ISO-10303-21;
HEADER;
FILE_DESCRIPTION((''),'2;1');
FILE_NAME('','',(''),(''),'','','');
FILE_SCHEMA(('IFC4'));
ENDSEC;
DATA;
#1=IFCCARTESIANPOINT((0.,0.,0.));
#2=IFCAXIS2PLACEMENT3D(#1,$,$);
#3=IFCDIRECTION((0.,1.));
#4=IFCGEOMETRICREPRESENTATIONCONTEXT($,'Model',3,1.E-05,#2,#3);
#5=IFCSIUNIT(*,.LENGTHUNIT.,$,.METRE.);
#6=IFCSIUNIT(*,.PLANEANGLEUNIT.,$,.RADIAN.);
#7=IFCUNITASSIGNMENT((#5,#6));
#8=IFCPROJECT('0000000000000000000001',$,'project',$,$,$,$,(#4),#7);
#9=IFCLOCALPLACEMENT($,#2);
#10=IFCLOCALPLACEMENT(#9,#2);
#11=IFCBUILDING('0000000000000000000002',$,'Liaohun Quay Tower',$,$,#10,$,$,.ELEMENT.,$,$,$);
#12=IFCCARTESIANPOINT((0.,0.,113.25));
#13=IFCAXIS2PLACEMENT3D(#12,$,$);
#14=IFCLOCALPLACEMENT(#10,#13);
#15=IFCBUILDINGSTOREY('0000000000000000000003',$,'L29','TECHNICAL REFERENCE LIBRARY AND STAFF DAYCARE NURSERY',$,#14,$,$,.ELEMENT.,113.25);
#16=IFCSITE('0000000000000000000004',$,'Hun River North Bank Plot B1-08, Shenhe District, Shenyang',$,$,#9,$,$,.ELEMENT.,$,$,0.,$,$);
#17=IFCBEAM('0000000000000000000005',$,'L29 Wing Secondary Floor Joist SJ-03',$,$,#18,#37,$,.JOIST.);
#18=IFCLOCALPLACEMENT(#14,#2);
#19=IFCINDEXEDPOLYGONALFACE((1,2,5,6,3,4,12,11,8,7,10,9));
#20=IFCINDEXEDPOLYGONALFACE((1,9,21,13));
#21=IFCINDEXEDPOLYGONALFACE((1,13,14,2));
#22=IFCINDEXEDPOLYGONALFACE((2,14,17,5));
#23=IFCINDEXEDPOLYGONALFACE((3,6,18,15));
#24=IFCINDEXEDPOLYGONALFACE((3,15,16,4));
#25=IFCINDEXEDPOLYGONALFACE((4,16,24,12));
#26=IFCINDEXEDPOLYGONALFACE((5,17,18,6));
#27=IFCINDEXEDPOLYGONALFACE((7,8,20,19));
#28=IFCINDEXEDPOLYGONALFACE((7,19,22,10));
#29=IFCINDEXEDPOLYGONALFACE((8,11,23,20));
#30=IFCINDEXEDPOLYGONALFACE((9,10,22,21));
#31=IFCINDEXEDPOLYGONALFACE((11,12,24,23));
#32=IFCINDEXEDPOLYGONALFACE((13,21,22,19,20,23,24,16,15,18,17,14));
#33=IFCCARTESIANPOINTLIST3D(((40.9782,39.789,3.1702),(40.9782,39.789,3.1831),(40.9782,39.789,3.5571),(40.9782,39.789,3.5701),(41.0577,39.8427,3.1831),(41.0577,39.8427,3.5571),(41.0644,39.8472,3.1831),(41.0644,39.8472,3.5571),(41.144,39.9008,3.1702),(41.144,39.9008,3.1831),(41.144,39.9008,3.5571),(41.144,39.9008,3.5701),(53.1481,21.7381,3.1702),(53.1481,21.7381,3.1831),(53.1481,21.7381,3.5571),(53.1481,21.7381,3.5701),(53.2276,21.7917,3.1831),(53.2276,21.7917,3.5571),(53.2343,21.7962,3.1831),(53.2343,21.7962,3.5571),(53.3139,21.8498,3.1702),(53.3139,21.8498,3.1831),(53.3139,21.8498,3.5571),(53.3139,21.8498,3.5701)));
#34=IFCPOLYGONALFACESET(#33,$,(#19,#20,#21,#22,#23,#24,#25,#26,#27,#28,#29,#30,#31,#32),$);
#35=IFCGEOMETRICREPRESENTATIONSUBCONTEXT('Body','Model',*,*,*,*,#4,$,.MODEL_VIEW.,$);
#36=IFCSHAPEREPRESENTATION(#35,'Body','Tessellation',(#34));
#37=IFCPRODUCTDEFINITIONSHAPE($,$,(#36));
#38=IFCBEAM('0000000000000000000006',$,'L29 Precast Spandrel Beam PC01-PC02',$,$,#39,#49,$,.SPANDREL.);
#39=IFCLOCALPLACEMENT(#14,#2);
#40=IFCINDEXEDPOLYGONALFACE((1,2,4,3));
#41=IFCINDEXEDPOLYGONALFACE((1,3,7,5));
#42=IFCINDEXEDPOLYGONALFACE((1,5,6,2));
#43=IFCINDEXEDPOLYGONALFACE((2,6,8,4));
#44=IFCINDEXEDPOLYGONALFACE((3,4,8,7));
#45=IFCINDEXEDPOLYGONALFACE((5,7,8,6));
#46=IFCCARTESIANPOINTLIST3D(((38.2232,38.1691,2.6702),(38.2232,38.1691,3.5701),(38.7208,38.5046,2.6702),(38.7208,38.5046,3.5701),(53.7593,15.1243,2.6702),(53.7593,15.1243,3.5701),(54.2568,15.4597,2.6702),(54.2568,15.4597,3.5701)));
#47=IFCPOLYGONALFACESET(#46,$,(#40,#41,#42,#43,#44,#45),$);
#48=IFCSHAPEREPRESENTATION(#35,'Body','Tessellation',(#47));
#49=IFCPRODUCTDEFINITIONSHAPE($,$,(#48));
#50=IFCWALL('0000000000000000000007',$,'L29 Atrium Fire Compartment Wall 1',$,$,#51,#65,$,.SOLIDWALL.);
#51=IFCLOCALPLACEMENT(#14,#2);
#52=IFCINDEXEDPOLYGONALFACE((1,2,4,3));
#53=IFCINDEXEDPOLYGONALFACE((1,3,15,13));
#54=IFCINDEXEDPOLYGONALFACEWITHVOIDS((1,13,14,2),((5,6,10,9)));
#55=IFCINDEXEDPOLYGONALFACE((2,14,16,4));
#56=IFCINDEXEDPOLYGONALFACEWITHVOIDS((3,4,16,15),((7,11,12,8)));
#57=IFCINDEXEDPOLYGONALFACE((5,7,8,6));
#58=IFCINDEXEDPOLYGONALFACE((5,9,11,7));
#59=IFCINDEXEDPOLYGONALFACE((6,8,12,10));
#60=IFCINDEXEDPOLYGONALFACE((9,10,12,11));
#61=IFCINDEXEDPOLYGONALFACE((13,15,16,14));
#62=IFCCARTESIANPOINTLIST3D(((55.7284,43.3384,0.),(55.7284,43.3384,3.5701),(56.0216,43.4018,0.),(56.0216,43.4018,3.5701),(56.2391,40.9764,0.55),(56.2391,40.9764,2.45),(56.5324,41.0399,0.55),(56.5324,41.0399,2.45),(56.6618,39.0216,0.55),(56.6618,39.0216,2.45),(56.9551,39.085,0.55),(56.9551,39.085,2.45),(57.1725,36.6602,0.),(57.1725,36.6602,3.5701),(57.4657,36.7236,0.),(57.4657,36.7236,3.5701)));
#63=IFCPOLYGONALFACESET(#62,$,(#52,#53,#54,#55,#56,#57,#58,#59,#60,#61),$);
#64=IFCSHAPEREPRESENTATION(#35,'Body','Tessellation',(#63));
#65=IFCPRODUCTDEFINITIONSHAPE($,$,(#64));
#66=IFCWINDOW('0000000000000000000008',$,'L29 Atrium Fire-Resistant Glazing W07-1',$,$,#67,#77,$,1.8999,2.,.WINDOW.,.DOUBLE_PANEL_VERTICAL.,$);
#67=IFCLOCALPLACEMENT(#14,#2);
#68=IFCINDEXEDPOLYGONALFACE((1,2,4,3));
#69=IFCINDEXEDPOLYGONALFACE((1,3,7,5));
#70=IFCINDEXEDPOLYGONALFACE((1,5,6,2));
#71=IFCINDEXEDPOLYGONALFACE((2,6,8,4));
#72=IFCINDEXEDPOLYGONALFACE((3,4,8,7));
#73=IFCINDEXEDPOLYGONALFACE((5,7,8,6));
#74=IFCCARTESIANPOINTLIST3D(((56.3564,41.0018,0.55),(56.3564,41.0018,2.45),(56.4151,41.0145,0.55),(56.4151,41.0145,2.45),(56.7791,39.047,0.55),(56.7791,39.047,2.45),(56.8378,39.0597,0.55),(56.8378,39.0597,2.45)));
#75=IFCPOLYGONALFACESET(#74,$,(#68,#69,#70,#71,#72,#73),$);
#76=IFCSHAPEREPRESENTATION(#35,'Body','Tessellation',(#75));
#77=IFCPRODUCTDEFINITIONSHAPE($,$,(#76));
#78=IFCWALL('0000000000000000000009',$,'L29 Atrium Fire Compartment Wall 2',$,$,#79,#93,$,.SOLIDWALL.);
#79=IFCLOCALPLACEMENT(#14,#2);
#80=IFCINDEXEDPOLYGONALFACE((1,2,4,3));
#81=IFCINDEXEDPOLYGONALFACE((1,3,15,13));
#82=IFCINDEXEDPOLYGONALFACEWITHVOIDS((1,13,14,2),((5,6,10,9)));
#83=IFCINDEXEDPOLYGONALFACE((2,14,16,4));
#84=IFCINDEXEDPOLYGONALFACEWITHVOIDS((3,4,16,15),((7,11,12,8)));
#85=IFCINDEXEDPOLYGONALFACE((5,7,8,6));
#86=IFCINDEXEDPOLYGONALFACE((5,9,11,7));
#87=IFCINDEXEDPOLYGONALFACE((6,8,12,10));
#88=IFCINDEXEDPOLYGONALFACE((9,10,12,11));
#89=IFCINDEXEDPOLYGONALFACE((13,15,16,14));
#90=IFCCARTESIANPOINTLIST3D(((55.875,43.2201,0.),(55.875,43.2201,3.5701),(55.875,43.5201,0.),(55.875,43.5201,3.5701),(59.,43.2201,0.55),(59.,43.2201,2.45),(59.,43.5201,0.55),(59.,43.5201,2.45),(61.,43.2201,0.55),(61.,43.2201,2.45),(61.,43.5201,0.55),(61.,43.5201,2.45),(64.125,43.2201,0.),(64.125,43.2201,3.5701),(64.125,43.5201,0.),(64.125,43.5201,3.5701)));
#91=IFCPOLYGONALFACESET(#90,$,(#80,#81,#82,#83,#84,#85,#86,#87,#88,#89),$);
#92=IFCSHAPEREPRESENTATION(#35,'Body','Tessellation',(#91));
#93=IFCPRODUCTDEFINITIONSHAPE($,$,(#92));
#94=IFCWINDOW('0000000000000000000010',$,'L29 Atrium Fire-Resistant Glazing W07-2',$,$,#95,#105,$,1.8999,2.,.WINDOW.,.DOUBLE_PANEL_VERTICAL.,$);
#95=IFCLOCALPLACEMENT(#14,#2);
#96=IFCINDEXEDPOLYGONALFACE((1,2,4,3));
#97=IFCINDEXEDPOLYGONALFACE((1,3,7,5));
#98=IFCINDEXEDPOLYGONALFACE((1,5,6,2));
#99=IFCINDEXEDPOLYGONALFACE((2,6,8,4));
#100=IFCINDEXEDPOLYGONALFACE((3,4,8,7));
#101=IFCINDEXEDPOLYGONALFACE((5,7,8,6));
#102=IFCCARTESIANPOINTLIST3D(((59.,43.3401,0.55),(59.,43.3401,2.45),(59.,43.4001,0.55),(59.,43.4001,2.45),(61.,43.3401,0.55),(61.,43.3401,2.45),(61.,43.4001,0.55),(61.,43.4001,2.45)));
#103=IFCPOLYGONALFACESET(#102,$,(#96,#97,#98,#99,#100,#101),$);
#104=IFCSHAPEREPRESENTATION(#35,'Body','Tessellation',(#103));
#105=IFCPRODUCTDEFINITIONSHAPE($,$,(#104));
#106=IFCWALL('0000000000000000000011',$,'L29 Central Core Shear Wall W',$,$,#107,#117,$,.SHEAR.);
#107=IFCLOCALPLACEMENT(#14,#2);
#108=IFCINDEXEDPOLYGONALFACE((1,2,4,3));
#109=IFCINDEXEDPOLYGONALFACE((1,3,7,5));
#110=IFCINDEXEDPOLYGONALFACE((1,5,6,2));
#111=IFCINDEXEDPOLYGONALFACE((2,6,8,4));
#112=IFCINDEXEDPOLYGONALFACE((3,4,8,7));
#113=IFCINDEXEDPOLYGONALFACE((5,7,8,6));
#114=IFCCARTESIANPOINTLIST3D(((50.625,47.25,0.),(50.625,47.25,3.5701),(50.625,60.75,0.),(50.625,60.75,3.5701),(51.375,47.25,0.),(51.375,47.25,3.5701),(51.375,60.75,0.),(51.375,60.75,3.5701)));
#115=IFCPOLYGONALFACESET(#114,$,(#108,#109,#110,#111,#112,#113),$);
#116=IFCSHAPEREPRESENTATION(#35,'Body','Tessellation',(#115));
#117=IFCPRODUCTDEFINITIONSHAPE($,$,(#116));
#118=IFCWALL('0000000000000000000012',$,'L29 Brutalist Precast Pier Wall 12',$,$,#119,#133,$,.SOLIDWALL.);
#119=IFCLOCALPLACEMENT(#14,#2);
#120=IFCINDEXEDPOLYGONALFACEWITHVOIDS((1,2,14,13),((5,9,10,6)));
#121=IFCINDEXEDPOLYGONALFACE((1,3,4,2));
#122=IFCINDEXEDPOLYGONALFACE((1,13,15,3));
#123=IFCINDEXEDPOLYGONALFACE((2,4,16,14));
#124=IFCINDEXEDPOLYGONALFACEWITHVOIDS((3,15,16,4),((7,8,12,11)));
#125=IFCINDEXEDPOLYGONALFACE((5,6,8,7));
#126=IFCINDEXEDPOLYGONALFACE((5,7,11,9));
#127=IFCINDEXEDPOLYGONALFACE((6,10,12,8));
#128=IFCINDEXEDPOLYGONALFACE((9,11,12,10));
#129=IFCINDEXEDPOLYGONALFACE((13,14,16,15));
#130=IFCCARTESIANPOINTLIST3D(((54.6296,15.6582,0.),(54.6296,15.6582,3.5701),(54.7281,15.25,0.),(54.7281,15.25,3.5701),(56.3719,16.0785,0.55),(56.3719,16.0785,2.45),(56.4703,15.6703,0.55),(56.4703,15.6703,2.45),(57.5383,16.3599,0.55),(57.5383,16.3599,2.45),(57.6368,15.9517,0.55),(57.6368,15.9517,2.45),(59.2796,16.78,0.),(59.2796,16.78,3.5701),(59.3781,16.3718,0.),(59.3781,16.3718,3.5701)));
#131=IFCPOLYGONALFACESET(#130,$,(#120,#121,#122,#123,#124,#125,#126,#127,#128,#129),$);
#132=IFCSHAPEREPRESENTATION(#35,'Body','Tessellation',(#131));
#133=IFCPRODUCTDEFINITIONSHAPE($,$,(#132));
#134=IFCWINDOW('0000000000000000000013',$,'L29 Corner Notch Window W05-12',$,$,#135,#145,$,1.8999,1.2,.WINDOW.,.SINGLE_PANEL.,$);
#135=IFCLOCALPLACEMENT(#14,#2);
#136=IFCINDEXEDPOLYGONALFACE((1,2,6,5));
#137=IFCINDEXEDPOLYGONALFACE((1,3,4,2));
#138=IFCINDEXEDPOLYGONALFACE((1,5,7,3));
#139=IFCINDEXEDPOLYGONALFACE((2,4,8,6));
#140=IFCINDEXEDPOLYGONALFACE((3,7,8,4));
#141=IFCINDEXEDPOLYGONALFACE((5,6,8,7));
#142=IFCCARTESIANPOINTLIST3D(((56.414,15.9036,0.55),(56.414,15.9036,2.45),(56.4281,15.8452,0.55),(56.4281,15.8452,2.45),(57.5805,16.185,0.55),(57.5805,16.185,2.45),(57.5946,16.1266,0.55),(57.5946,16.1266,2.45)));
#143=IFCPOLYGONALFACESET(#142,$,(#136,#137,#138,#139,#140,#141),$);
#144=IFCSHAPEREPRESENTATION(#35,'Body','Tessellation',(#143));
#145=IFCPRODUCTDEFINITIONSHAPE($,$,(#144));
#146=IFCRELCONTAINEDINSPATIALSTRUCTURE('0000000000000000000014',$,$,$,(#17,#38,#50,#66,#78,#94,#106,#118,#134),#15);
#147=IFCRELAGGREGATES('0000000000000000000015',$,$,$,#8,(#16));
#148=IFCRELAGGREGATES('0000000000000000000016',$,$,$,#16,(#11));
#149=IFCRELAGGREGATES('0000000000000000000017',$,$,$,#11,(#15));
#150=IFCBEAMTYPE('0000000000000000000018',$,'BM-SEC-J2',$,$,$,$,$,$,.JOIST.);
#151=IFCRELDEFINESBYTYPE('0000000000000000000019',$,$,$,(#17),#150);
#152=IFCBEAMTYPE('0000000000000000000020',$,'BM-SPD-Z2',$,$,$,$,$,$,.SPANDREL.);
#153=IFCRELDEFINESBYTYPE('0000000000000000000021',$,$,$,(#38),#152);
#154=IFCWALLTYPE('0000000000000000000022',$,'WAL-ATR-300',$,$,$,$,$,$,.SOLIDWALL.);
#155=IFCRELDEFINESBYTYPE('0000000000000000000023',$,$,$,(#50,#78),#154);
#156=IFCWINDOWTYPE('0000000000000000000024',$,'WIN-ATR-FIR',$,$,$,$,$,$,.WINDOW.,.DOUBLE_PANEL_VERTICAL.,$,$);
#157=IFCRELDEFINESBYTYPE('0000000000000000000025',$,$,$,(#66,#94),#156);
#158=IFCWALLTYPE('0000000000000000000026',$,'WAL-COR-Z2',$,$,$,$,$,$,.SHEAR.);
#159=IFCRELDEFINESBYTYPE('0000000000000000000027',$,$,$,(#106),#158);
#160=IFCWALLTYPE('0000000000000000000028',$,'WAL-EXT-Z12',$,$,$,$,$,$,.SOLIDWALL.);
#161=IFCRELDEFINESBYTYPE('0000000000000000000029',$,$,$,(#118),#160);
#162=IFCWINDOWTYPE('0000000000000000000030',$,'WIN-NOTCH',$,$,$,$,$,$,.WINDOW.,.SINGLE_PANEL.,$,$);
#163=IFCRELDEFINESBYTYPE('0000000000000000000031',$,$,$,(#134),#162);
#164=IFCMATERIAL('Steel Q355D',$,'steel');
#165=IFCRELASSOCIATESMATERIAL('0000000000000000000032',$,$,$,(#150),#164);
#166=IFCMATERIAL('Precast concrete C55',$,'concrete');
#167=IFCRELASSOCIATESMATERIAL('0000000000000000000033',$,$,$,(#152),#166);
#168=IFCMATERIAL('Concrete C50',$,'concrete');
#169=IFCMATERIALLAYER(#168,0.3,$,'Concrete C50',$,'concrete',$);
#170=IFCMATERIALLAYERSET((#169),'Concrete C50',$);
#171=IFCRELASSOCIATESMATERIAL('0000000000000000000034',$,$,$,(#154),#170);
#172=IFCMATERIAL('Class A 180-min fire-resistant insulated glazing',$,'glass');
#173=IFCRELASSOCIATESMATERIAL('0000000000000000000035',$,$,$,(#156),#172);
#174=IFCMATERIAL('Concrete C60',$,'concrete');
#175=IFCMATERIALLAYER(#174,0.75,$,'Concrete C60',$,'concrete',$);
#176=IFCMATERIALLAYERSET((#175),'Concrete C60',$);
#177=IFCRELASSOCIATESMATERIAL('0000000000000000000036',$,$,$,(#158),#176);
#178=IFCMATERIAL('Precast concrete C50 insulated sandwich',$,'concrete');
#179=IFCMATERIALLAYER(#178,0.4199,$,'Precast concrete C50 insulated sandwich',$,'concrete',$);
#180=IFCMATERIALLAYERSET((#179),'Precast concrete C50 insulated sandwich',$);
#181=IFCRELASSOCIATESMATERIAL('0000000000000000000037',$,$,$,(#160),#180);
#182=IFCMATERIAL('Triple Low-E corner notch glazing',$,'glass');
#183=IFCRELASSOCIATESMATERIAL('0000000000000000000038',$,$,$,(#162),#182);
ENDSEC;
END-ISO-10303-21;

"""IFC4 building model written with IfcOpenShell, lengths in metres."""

from ifc_helpers import new_model, si_unit, direction, frame, frame_2d, origin, origin_2d, place, context, subcontext, project, spatial, rectangle, i_section, extrude, source, transform, mapped, material, layer, layer_set, material_profile, profile_set, type_object, element, fill, save


model = new_model("IFC4")

# Units and contexts
model_context = context("Model", 3, precision=1e-05, world=origin(), true_north=direction((0.0, 1.0)))
body_context = subcontext(model_context, "Body", "Model", "MODEL_VIEW")
ifc_project = project(units=[si_unit("LENGTHUNIT", "METRE"), si_unit("PLANEANGLEUNIT", "RADIAN")], contexts=[model_context])

# Site, building, storey
site_placement = place(None, origin())
site = spatial("IfcSite", under=ifc_project, at=site_placement, Name="Hun River North Bank Plot B1-08, Shenhe District, Shenyang", CompositionType="ELEMENT", RefElevation=0.0)
building_placement = place(site_placement, origin())
building = spatial("IfcBuilding", under=site, at=building_placement, Name="Liaohun Quay Tower", CompositionType="ELEMENT")
storey_placement = place(building_placement, frame((0.0, 0.0, 113.25)))
storey = spatial("IfcBuildingStorey", under=building, at=storey_placement, Name="L29", Description="TECHNICAL REFERENCE LIBRARY AND STAFF DAYCARE NURSERY", CompositionType="ELEMENT", Elevation=113.25)

# Shared definitions
ifc_material_1 = material(Name="Concrete C60", Category="concrete")

# Beams
ifc_material_2 = material(Name="Steel Q355D", Category="steel")
ifc_material_profile_1 = material_profile(ifc_material_2, i_section(OverallWidth=0.2, OverallDepth=0.3999, WebThickness=0.0081, FlangeThickness=0.0129, at=origin_2d()), Name="HN400x200x8x13")
ifc_profile_set_1 = profile_set([ifc_material_profile_1], Name="Steel Q355D")
beam_type_1 = type_object("IfcBeamType", Name="BM-SEC-J2", PredefinedType="JOIST", material=ifc_profile_set_1)
shared_shape_1 = source(origin(), body_context, "Body", "SweptSolid", [
    extrude(i_section(OverallWidth=0.2, OverallDepth=0.3999, WebThickness=0.0081, FlangeThickness=0.0129, at=origin_2d()), origin(), (0.0, 0.0, 1.0), 21.7703),
])
beam_1_placement = place(storey_placement, frame((53.231, 21.7939, 3.3701), z_axis=(-0.559015, 0.829158, 0.0), x_axis=(-0.829158, -0.559015, 0.0)))
element("IfcBeam", 1, at=beam_1_placement, inside=storey, type_object=beam_type_1, Name="L29 Wing Secondary Floor Joist SJ-03", PredefinedType="JOIST", context=body_context, shape_type="MappedRepresentation", body=[
    mapped(shared_shape_1, transform((0.0, 0.0, 0.0), x_axis=(1.0, 0.0, 0.0), y_axis=(0.0, 1.0, 0.0), z_axis=(0.0, 0.0, 1.0), scale=1.0)),
])
ifc_material_3 = material(Name="Precast concrete C55", Category="concrete")
ifc_material_profile_2 = material_profile(ifc_material_3, rectangle(XDim=0.6001, YDim=0.8999, at=origin_2d()), Name="RC600x900")
ifc_profile_set_2 = profile_set([ifc_material_profile_2], Name="Precast concrete C55")
beam_type_2 = type_object("IfcBeamType", Name="BM-SPD-Z2", PredefinedType="SPANDREL", material=ifc_profile_set_2)
shared_shape_2 = source(origin(), body_context, "Body", "SweptSolid", [
    extrude(rectangle(XDim=0.6001, YDim=0.8999, at=origin_2d()), origin(), (0.0, 0.0, 1.0), 27.7927),
])
beam_2_placement = place(storey_placement, frame((54.0081, 15.292, 3.1201), z_axis=(-0.558998, 0.829169, 0.0), x_axis=(-0.829169, -0.558998, 0.0)))
element("IfcBeam", 2, at=beam_2_placement, inside=storey, type_object=beam_type_2, Name="L29 Precast Spandrel Beam PC01-PC02", PredefinedType="SPANDREL", context=body_context, shape_type="MappedRepresentation", body=[
    mapped(shared_shape_2, transform((0.0, 0.0, 0.0), x_axis=(1.0, 0.0, 0.0), y_axis=(0.0, 1.0, 0.0), z_axis=(0.0, 0.0, 1.0), scale=1.0)),
])

# Walls, openings, windows
ifc_material_4 = material(Name="Concrete C50", Category="concrete")
ifc_layer_1 = layer(ifc_material_4, 0.3, Name="Concrete C50", Category="concrete")
ifc_layer_set_1 = layer_set([ifc_layer_1], Name="Concrete C50")
wall_type_1 = type_object("IfcWallType", Name="WAL-ATR-300", PredefinedType="SOLIDWALL", material=ifc_layer_set_1)
wall_1_placement = place(storey_placement, frame((57.3191, 36.6919, 0.0), z_axis=(0.0, 0.0, 1.0), x_axis=(-0.211354, 0.97741, 0.0)))
wall_1 = element("IfcWall", 3, at=wall_1_placement, inside=storey, type_object=wall_type_1, Name="L29 Atrium Fire Compartment Wall 1", PredefinedType="SOLIDWALL", context=body_context, shape_type="SweptSolid", body=[
    extrude(rectangle(XDim=6.8325, YDim=0.3, at=frame_2d((3.4163, 0.0))), origin(), (0.0, 0.0, 1.0), 3.5701),
])
shared_shape_3 = source(origin(), body_context, "Body", "SweptSolid", [
    extrude(rectangle(XDim=2.0, YDim=1.8999, at=frame_2d((1.0, 0.95))), frame((0.0, 0.1599, 0.0), z_axis=(0.0, -1.0, 0.0), x_axis=(1.0, 0.0, 0.0)), (0.0, 0.0, 1.0), 0.3201),
])
opening_1_placement = place(wall_1_placement, frame((2.416, 0.0, 0.55)))
opening_1 = element("IfcOpeningElement", 4, at=opening_1_placement, cuts=wall_1, PredefinedType="OPENING", context=body_context, shape_type="MappedRepresentation", body=[
    mapped(shared_shape_3, transform((0.0, 0.0, 0.0), x_axis=(1.0, 0.0, 0.0), y_axis=(0.0, 1.0, 0.0), z_axis=(0.0, 0.0, 1.0), scale=1.0)),
])
ifc_material_5 = material(Name="Class A 180-min fire-resistant insulated glazing", Category="glass")
window_type_1 = type_object("IfcWindowType", Name="WIN-ATR-FIR", PartitioningType="DOUBLE_PANEL_VERTICAL", PredefinedType="WINDOW", material=ifc_material_5)
shared_shape_4 = source(origin(), body_context, "Body", "SweptSolid", [
    extrude(rectangle(XDim=2.0, YDim=1.8999, at=frame_2d((1.0, 0.95))), frame((0.0, 0.03, 0.0), z_axis=(0.0, -1.0, 0.0), x_axis=(1.0, 0.0, 0.0)), (0.0, 0.0, 1.0), 0.0601),
])
window_1_placement = place(opening_1_placement, origin())
window_1 = element("IfcWindow", 5, at=window_1_placement, inside=storey, type_object=window_type_1, Name="L29 Atrium Fire-Resistant Glazing W07-1", OverallHeight=1.8999, OverallWidth=2.0, PartitioningType="DOUBLE_PANEL_VERTICAL", PredefinedType="WINDOW", context=body_context, shape_type="MappedRepresentation", body=[
    mapped(shared_shape_4, transform((0.0, 0.0, 0.0), x_axis=(1.0, 0.0, 0.0), y_axis=(0.0, 1.0, 0.0), z_axis=(0.0, 0.0, 1.0), scale=1.0)),
])
fill(opening_1, window_1)
wall_2_placement = place(storey_placement, frame((55.875, 43.3701, 0.0), z_axis=(0.0, 0.0, 1.0), x_axis=(1.0, 0.0, 0.0)))
wall_2 = element("IfcWall", 6, at=wall_2_placement, inside=storey, type_object=wall_type_1, Name="L29 Atrium Fire Compartment Wall 2", PredefinedType="SOLIDWALL", context=body_context, shape_type="SweptSolid", body=[
    extrude(rectangle(XDim=8.25, YDim=0.3, at=frame_2d((4.125, 0.0))), origin(), (0.0, 0.0, 1.0), 3.5701),
])
opening_2_placement = place(wall_2_placement, frame((3.125, 0.0, 0.55)))
opening_2 = element("IfcOpeningElement", 7, at=opening_2_placement, cuts=wall_2, PredefinedType="OPENING", context=body_context, shape_type="MappedRepresentation", body=[
    mapped(shared_shape_3, transform((0.0, 0.0, 0.0), x_axis=(1.0, 0.0, 0.0), y_axis=(0.0, 1.0, 0.0), z_axis=(0.0, 0.0, 1.0), scale=1.0)),
])
window_2_placement = place(opening_2_placement, origin())
window_2 = element("IfcWindow", 8, at=window_2_placement, inside=storey, type_object=window_type_1, Name="L29 Atrium Fire-Resistant Glazing W07-2", OverallHeight=1.8999, OverallWidth=2.0, PartitioningType="DOUBLE_PANEL_VERTICAL", PredefinedType="WINDOW", context=body_context, shape_type="MappedRepresentation", body=[
    mapped(shared_shape_4, transform((0.0, 0.0, 0.0), x_axis=(1.0, 0.0, 0.0), y_axis=(0.0, 1.0, 0.0), z_axis=(0.0, 0.0, 1.0), scale=1.0)),
])
fill(opening_2, window_2)

# Wall
ifc_layer_2 = layer(ifc_material_1, 0.75, Name="Concrete C60", Category="concrete")
ifc_layer_set_2 = layer_set([ifc_layer_2], Name="Concrete C60")
wall_type_2 = type_object("IfcWallType", Name="WAL-COR-Z2", PredefinedType="SHEAR", material=ifc_layer_set_2)
wall_3_placement = place(storey_placement, frame((51.0, 47.25, 0.0), z_axis=(0.0, 0.0, 1.0), x_axis=(0.0, 1.0, 0.0)))
element("IfcWall", 9, at=wall_3_placement, inside=storey, type_object=wall_type_2, Name="L29 Central Core Shear Wall W", PredefinedType="SHEAR", context=body_context, shape_type="SweptSolid", body=[
    extrude(rectangle(XDim=13.5, YDim=0.75, at=frame_2d((6.75, 0.0))), origin(), (0.0, 0.0, 1.0), 3.5701),
])

# Wall, opening, window
ifc_material_6 = material(Name="Precast concrete C50 insulated sandwich", Category="concrete")
ifc_layer_3 = layer(ifc_material_6, 0.4199, Name="Precast concrete C50 insulated sandwich", Category="concrete")
ifc_layer_set_3 = layer_set([ifc_layer_3], Name="Precast concrete C50 insulated sandwich")
wall_type_3 = type_object("IfcWallType", Name="WAL-EXT-Z12", PredefinedType="SOLIDWALL", material=ifc_layer_set_3)
wall_4_placement = place(storey_placement, frame((54.679, 15.4541, 0.0), z_axis=(0.0, 0.0, 1.0), x_axis=(0.972112, 0.234517, 0.0)))
wall_4 = element("IfcWall", 10, at=wall_4_placement, inside=storey, type_object=wall_type_3, Name="L29 Brutalist Precast Pier Wall 12", PredefinedType="SOLIDWALL", context=body_context, shape_type="SweptSolid", body=[
    extrude(rectangle(XDim=4.7834, YDim=0.4199, at=frame_2d((2.3916, 0.0))), origin(), (0.0, 0.0, 1.0), 3.5701),
])
shared_shape_5 = source(origin(), body_context, "Body", "SweptSolid", [
    extrude(rectangle(XDim=1.2, YDim=1.8999, at=frame_2d((0.6001, 0.95))), frame((0.0, 0.22, 0.0), z_axis=(0.0, -1.0, 0.0), x_axis=(1.0, 0.0, 0.0)), (0.0, 0.0, 1.0), 0.4399),
])
opening_3_placement = place(wall_4_placement, frame((1.792, 0.0, 0.55)))
opening_3 = element("IfcOpeningElement", 11, at=opening_3_placement, cuts=wall_4, PredefinedType="OPENING", context=body_context, shape_type="MappedRepresentation", body=[
    mapped(shared_shape_5, transform((0.0, 0.0, 0.0), x_axis=(1.0, 0.0, 0.0), y_axis=(0.0, 1.0, 0.0), z_axis=(0.0, 0.0, 1.0), scale=1.0)),
])
ifc_material_7 = material(Name="Triple Low-E corner notch glazing", Category="glass")
window_type_2 = type_object("IfcWindowType", Name="WIN-NOTCH", PartitioningType="SINGLE_PANEL", PredefinedType="WINDOW", material=ifc_material_7)
shared_shape_6 = source(origin(), body_context, "Body", "SweptSolid", [
    extrude(rectangle(XDim=1.2, YDim=1.8999, at=frame_2d((0.6001, 0.95))), frame((0.0, 0.03, 0.0), z_axis=(0.0, -1.0, 0.0), x_axis=(1.0, 0.0, 0.0)), (0.0, 0.0, 1.0), 0.0601),
])
window_3_placement = place(opening_3_placement, origin())
window_3 = element("IfcWindow", 12, at=window_3_placement, inside=storey, type_object=window_type_2, Name="L29 Corner Notch Window W05-12", OverallHeight=1.8999, OverallWidth=1.2, PartitioningType="SINGLE_PANEL", PredefinedType="WINDOW", context=body_context, shape_type="MappedRepresentation", body=[
    mapped(shared_shape_6, transform((0.0, 0.0, 0.0), x_axis=(1.0, 0.0, 0.0), y_axis=(0.0, 1.0, 0.0), z_axis=(0.0, 0.0, 1.0), scale=1.0)),
])
fill(opening_3, window_3)

save(model, "model.ifc")
